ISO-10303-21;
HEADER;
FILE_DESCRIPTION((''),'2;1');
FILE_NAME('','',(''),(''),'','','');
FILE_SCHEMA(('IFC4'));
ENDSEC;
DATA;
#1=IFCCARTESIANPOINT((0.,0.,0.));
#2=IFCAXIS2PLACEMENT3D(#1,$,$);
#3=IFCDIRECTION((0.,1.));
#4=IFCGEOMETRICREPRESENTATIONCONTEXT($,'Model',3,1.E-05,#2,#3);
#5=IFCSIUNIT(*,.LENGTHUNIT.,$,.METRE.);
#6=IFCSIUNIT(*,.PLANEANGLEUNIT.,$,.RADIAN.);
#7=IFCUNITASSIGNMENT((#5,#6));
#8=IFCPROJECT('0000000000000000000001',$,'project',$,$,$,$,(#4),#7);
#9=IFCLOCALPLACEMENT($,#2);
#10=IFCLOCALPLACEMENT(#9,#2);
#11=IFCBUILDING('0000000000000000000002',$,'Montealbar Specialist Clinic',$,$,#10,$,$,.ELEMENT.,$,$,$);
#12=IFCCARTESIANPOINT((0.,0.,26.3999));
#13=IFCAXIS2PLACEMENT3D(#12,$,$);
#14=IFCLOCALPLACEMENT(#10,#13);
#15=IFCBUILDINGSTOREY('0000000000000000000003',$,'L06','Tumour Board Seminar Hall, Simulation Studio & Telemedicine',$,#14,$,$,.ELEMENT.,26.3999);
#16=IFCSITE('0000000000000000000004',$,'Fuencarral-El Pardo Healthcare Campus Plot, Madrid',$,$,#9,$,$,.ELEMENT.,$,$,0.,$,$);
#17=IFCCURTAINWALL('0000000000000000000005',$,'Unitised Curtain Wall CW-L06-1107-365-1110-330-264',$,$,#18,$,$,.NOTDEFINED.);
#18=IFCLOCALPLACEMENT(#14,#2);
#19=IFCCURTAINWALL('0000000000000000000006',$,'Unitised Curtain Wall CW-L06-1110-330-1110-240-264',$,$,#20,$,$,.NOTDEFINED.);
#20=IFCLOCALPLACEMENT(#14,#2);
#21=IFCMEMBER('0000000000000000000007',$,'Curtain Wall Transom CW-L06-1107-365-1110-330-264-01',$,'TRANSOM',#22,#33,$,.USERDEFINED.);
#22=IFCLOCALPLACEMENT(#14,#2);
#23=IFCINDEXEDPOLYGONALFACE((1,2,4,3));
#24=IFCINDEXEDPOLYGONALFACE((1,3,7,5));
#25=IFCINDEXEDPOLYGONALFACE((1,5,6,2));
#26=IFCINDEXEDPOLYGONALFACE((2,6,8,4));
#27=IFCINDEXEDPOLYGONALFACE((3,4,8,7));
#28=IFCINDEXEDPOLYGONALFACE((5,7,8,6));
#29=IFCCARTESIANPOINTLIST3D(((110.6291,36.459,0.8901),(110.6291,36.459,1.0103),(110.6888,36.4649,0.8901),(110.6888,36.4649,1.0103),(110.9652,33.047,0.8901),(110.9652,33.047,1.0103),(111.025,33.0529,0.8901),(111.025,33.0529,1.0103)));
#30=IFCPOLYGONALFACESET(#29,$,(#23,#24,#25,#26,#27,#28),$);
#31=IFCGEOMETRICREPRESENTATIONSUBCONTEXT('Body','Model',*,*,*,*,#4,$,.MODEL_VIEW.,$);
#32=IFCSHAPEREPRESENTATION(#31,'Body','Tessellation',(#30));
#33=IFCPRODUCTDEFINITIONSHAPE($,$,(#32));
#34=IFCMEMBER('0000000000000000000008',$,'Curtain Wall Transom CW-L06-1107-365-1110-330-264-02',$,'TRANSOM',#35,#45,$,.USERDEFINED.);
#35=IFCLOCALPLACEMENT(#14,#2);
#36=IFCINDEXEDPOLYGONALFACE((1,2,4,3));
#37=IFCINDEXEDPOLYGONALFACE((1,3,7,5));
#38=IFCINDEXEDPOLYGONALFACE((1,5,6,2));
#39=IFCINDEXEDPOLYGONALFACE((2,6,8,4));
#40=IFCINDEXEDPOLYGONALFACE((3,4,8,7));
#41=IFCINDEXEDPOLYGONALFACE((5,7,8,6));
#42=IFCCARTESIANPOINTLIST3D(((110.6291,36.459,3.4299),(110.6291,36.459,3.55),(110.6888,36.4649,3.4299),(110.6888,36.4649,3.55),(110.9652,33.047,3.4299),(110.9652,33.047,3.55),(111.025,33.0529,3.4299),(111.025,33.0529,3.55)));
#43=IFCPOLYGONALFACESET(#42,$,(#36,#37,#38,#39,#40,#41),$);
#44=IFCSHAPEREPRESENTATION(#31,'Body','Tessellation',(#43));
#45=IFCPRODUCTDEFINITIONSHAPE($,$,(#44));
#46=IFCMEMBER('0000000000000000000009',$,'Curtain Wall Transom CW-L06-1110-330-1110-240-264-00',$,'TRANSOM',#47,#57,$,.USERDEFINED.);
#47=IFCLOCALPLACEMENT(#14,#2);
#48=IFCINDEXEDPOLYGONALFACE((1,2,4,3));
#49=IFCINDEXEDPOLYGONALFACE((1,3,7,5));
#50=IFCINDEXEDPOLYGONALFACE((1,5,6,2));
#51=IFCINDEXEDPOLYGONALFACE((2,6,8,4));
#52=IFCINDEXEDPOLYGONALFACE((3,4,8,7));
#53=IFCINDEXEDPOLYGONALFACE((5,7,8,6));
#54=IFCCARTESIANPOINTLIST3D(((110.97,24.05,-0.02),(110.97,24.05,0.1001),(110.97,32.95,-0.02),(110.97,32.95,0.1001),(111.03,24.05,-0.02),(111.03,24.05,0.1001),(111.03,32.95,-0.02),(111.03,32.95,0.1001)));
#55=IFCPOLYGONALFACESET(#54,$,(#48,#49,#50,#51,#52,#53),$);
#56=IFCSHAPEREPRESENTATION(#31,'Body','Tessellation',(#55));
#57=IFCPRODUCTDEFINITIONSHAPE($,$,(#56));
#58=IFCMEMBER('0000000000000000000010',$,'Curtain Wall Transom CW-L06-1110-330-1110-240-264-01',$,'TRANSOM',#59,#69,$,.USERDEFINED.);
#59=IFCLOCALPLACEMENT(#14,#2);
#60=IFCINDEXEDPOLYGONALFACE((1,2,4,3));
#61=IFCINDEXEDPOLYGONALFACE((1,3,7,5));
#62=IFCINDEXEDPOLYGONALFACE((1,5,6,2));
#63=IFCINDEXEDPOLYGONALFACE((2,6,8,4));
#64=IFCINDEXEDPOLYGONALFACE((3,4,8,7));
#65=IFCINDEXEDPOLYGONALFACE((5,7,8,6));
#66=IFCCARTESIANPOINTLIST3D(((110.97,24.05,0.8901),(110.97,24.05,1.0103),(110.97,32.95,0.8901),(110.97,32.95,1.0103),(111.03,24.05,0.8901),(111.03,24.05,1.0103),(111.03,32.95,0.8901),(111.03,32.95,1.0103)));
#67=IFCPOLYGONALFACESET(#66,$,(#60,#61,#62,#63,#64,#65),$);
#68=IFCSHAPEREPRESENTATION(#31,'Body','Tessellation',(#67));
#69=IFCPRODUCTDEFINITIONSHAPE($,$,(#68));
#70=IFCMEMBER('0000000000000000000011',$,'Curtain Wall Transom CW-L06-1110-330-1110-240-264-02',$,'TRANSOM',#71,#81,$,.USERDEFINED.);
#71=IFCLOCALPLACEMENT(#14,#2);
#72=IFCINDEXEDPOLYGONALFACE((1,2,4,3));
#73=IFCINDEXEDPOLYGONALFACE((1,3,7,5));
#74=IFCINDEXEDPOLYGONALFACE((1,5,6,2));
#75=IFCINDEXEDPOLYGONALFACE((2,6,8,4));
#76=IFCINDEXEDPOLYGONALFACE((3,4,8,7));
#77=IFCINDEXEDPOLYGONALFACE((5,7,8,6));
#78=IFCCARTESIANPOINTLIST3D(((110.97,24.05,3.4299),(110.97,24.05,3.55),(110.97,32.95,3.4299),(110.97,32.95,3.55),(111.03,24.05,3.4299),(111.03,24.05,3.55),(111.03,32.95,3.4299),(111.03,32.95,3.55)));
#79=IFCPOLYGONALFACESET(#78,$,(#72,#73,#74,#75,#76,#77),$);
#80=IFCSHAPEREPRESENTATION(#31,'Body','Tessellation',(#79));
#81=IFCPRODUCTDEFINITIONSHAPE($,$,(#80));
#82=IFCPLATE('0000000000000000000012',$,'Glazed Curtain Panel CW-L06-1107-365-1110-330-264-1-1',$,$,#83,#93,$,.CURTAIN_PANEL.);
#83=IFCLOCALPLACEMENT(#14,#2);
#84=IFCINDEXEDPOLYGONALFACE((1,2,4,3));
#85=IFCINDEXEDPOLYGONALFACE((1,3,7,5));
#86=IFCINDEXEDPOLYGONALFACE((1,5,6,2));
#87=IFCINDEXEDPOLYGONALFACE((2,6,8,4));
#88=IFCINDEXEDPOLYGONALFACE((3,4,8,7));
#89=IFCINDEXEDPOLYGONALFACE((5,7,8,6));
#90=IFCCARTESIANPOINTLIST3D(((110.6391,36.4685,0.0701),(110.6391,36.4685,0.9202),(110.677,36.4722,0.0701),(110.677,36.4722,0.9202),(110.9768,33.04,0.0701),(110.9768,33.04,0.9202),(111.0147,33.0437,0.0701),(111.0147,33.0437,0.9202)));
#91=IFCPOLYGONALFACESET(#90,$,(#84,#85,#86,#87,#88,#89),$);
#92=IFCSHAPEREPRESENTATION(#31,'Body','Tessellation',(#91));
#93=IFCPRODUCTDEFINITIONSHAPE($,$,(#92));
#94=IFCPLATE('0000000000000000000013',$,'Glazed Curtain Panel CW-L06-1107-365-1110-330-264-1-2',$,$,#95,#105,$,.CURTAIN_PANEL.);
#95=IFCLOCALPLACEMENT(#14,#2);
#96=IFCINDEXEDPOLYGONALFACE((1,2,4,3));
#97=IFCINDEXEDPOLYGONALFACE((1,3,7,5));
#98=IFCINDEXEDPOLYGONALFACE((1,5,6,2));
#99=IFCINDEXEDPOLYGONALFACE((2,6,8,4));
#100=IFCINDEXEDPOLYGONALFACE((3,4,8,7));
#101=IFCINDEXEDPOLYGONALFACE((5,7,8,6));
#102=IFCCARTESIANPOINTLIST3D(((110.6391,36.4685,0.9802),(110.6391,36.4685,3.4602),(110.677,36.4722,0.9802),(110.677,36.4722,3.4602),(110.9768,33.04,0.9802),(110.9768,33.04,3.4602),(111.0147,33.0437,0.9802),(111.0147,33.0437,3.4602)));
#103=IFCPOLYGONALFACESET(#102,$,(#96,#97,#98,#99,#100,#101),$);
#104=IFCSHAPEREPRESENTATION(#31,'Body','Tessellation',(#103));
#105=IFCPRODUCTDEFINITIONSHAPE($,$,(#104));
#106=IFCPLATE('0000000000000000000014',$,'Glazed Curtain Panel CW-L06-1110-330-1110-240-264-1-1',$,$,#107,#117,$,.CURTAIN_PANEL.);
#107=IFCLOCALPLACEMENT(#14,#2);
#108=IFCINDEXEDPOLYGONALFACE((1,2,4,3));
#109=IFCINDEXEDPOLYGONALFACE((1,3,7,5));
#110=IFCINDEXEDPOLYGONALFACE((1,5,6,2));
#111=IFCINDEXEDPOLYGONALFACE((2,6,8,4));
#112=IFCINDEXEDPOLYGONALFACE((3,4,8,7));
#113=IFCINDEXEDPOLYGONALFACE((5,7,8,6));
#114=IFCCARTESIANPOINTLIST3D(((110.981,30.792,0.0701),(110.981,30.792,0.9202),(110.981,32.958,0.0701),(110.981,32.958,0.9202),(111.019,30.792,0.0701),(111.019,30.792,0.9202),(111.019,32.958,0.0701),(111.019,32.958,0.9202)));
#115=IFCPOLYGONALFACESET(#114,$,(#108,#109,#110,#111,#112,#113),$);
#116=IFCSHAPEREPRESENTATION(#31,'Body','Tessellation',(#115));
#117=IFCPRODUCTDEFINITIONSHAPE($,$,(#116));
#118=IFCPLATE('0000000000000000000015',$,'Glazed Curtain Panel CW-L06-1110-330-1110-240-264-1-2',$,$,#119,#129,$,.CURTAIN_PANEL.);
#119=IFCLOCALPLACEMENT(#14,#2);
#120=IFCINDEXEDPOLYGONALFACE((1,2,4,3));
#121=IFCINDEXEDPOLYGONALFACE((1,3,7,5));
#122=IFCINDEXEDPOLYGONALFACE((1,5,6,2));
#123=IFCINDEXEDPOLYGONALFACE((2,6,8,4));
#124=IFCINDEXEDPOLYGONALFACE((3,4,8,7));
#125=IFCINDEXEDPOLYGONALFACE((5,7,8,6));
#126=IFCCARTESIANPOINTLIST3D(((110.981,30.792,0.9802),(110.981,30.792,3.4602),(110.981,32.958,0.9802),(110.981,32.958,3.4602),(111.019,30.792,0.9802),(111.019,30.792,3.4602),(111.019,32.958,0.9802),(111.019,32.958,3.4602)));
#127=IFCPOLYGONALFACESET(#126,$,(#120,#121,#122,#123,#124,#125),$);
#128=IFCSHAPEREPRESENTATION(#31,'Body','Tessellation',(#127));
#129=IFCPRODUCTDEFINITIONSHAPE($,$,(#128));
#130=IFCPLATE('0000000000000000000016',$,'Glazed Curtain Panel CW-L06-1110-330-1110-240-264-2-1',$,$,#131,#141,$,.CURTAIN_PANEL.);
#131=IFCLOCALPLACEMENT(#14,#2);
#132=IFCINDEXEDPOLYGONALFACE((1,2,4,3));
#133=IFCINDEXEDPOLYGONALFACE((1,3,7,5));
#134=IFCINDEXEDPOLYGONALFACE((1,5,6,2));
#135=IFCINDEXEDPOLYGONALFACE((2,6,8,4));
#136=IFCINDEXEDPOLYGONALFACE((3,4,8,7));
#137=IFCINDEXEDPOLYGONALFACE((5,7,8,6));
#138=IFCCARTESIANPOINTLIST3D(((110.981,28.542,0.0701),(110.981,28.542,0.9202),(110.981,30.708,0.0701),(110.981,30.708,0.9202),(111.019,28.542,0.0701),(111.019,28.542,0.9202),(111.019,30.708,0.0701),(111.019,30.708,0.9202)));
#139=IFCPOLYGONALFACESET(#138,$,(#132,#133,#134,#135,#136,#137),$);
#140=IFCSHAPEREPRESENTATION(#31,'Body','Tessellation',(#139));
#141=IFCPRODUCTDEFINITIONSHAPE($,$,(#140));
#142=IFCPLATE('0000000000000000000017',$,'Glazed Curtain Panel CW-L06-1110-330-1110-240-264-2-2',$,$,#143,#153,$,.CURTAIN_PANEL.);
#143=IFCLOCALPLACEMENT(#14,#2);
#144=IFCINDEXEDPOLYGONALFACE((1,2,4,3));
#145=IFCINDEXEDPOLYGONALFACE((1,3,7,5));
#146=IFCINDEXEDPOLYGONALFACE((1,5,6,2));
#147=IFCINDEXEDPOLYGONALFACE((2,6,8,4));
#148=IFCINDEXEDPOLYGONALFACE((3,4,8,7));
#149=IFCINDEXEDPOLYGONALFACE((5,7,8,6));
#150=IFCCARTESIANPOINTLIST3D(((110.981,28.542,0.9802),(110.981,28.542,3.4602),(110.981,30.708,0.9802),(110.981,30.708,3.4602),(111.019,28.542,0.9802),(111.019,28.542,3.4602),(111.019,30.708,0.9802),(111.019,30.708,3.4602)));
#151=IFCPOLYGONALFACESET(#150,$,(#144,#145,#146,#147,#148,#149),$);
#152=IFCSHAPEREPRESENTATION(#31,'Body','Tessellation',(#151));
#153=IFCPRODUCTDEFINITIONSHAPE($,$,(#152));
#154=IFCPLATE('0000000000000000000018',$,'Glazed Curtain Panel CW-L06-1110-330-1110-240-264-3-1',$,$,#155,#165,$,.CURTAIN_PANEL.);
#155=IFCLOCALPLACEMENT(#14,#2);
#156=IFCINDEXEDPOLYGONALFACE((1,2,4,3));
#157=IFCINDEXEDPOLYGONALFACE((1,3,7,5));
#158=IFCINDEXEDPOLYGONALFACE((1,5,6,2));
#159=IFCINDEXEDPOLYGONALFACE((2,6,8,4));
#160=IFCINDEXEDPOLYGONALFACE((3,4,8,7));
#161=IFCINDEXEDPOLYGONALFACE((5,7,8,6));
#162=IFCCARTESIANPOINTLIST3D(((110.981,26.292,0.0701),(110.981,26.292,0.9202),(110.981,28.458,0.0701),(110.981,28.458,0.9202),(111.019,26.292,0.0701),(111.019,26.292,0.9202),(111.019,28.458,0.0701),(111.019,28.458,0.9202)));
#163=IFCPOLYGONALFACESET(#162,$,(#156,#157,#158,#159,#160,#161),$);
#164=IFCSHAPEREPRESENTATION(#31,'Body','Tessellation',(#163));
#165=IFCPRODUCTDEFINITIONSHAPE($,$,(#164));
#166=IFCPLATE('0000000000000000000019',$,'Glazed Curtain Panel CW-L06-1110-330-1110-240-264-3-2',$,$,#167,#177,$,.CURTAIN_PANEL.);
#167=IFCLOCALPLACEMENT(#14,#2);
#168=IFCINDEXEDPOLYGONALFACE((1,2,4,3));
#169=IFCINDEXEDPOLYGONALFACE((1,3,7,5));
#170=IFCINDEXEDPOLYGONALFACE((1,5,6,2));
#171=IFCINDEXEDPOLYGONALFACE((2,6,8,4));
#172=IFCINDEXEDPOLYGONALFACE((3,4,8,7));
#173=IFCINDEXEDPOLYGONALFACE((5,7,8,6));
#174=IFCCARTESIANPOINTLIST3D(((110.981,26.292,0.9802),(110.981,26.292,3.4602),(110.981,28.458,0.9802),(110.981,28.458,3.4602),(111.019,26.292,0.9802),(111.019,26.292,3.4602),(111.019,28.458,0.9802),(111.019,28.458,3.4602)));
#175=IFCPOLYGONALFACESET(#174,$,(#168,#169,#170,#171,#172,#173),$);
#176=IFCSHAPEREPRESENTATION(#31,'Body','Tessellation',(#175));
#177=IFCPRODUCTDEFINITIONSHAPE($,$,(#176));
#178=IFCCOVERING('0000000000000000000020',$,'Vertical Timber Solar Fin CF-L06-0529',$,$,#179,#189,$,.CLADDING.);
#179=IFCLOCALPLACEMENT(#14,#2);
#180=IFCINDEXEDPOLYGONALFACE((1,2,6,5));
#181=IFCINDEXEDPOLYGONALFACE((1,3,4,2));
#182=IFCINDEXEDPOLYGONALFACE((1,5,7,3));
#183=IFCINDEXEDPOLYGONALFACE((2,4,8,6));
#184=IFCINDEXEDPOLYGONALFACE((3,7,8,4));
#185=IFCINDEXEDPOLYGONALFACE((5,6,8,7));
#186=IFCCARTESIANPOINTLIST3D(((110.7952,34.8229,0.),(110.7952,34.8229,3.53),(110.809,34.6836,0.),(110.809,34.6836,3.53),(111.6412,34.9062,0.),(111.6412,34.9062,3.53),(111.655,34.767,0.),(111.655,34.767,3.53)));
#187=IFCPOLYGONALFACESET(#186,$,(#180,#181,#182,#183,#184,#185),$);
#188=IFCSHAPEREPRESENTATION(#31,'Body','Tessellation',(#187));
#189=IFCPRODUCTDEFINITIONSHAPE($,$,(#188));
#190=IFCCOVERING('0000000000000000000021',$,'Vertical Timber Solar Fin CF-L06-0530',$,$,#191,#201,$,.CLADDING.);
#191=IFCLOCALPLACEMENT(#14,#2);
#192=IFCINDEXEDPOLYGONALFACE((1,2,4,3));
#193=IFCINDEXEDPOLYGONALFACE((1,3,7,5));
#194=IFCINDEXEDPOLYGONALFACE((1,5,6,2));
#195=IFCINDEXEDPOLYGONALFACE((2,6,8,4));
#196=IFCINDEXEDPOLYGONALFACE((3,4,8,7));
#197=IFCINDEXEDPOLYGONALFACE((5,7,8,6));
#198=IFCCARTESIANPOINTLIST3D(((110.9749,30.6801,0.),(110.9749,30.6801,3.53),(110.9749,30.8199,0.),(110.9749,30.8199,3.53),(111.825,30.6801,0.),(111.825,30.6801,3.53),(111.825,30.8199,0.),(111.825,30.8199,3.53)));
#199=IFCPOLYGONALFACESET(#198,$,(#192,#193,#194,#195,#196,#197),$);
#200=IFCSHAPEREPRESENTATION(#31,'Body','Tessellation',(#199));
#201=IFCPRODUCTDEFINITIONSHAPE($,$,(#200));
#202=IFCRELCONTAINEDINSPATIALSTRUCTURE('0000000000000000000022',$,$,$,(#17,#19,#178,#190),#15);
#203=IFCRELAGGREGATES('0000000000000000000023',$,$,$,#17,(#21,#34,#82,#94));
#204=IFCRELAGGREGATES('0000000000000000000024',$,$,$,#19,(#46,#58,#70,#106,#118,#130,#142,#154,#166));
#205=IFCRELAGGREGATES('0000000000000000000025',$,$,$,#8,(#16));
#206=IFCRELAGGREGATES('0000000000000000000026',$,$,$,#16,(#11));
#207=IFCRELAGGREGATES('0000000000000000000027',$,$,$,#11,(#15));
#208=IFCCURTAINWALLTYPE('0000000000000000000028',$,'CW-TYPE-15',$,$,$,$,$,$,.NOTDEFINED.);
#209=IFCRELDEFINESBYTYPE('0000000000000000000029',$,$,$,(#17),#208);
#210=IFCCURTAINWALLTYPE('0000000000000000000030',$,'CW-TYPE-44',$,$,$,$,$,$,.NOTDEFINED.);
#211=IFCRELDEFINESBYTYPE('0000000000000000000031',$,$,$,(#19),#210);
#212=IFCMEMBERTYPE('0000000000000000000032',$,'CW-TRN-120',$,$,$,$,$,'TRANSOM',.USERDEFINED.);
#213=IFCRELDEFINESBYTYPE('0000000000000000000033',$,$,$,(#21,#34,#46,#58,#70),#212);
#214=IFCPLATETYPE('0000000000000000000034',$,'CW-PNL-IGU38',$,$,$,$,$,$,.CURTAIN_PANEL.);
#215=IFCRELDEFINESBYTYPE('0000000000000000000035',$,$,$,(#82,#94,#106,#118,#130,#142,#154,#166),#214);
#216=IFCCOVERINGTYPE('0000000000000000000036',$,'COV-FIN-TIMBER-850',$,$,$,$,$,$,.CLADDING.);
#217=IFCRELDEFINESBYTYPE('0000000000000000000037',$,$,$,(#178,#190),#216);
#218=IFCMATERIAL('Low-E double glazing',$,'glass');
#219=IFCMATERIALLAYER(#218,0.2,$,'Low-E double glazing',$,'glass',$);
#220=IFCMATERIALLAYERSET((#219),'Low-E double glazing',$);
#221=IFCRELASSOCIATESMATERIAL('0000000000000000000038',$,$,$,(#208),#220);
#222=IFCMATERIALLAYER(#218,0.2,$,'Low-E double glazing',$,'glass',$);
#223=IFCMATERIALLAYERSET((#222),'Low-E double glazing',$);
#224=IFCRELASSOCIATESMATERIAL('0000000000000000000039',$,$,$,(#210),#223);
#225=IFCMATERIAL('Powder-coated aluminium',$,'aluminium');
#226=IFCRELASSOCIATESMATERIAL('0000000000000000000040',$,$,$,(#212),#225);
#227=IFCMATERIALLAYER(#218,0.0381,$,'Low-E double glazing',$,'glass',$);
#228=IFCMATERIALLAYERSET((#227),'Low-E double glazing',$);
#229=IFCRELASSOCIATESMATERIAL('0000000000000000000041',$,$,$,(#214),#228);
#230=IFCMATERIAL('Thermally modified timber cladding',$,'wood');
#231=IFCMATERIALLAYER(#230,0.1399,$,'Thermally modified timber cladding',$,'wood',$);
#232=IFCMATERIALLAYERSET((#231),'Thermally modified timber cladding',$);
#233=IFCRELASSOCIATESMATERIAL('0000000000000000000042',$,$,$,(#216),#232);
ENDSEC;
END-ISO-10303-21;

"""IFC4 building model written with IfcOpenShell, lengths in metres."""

from ifc_helpers import new_model, si_unit, direction, frame, origin, origin_2d, place, context, subcontext, project, spatial, rectangle, extrude, material, layer, layer_set, material_profile, profile_set, type_object, element, aggregate, save


model = new_model("IFC4")

# Units and contexts
model_context = context("Model", 3, precision=1e-05, world=origin(), true_north=direction((0.0, 1.0)))
body_context = subcontext(model_context, "Body", "Model", "MODEL_VIEW")
ifc_project = project(units=[si_unit("LENGTHUNIT", "METRE"), si_unit("PLANEANGLEUNIT", "RADIAN")], contexts=[model_context])

# Site, building, storey
site_placement = place(None, origin())
site = spatial("IfcSite", under=ifc_project, at=site_placement, Name="Fuencarral-El Pardo Healthcare Campus Plot, Madrid", CompositionType="ELEMENT", RefElevation=0.0)
building_placement = place(site_placement, origin())
building = spatial("IfcBuilding", under=site, at=building_placement, Name="Montealbar Specialist Clinic", CompositionType="ELEMENT")
storey_placement = place(building_placement, frame((0.0, 0.0, 26.3999)))
storey = spatial("IfcBuildingStorey", under=building, at=storey_placement, Name="L06", Description="Tumour Board Seminar Hall, Simulation Studio & Telemedicine", CompositionType="ELEMENT", Elevation=26.3999)

# Curtain wall
ifc_material_1 = material(Name="Low-E double glazing", Category="glass")
ifc_layer_1 = layer(ifc_material_1, 0.2, Name="Low-E double glazing", Category="glass")
ifc_layer_set_1 = layer_set([ifc_layer_1], Name="Low-E double glazing")
curtain_wall_type_1 = type_object("IfcCurtainWallType", Name="CW-TYPE-15", PredefinedType="NOTDEFINED", material=ifc_layer_set_1)
curtain_wall_1_placement = place(storey_placement, origin())
curtain_wall_1 = element("IfcCurtainWall", 1, at=curtain_wall_1_placement, inside=storey, type_object=curtain_wall_type_1, Name="Unitised Curtain Wall CW-L06-1107-365-1110-330-264", PredefinedType="NOTDEFINED")

# Curtain wall
ifc_layer_2 = layer(ifc_material_1, 0.2, Name="Low-E double glazing", Category="glass")
ifc_layer_set_2 = layer_set([ifc_layer_2], Name="Low-E double glazing")
curtain_wall_type_2 = type_object("IfcCurtainWallType", Name="CW-TYPE-44", PredefinedType="NOTDEFINED", material=ifc_layer_set_2)
curtain_wall_2_placement = place(storey_placement, origin())
curtain_wall_2 = element("IfcCurtainWall", 2, at=curtain_wall_2_placement, inside=storey, type_object=curtain_wall_type_2, Name="Unitised Curtain Wall CW-L06-1110-330-1110-240-264", PredefinedType="NOTDEFINED")

# Members
ifc_material_2 = material(Name="Powder-coated aluminium", Category="aluminium")
ifc_material_profile_1 = material_profile(ifc_material_2, rectangle(XDim=0.0601, YDim=0.1201, at=origin_2d()), Name="ALU 60x120", Category="aluminium")
ifc_profile_set_1 = profile_set([ifc_material_profile_1], Name="Powder-coated aluminium")
member_type_1 = type_object("IfcMemberType", Name="CW-TRN-120", ElementType="TRANSOM", PredefinedType="USERDEFINED", material=ifc_profile_set_1)
member_1_placement = place(storey_placement, frame((110.6589, 36.4619, 0.9502), z_axis=(0.098058, -0.995181, 0.0), x_axis=(0.995181, 0.098058, 0.0)))
member_1 = element("IfcMember", 3, at=member_1_placement, type_object=member_type_1, Name="Curtain Wall Transom CW-L06-1107-365-1110-330-264-01", ObjectType="TRANSOM", PredefinedType="USERDEFINED", context=body_context, shape_type="SweptSolid", body=[
    extrude(rectangle(XDim=0.0601, YDim=0.1201, at=origin_2d()), origin(), (0.0, 0.0, 1.0), 3.4285),
])
member_2_placement = place(storey_placement, frame((110.6589, 36.4619, 3.49), z_axis=(0.098058, -0.995181, 0.0), x_axis=(0.995181, 0.098058, 0.0)))
member_2 = element("IfcMember", 4, at=member_2_placement, type_object=member_type_1, Name="Curtain Wall Transom CW-L06-1107-365-1110-330-264-02", ObjectType="TRANSOM", PredefinedType="USERDEFINED", context=body_context, shape_type="SweptSolid", body=[
    extrude(rectangle(XDim=0.0601, YDim=0.1201, at=origin_2d()), origin(), (0.0, 0.0, 1.0), 3.4285),
])
member_3_placement = place(storey_placement, frame((111.0, 32.95, 0.04), z_axis=(0.0, -1.0, 0.0), x_axis=(1.0, 0.0, 0.0)))
member_3 = element("IfcMember", 5, at=member_3_placement, type_object=member_type_1, Name="Curtain Wall Transom CW-L06-1110-330-1110-240-264-00", ObjectType="TRANSOM", PredefinedType="USERDEFINED", context=body_context, shape_type="SweptSolid", body=[
    extrude(rectangle(XDim=0.0601, YDim=0.1201, at=origin_2d()), origin(), (0.0, 0.0, 1.0), 8.8999),
])
member_4_placement = place(storey_placement, frame((111.0, 32.95, 0.9502), z_axis=(0.0, -1.0, 0.0), x_axis=(1.0, 0.0, 0.0)))
member_4 = element("IfcMember", 6, at=member_4_placement, type_object=member_type_1, Name="Curtain Wall Transom CW-L06-1110-330-1110-240-264-01", ObjectType="TRANSOM", PredefinedType="USERDEFINED", context=body_context, shape_type="SweptSolid", body=[
    extrude(rectangle(XDim=0.0601, YDim=0.1201, at=origin_2d()), origin(), (0.0, 0.0, 1.0), 8.8999),
])
member_5_placement = place(storey_placement, frame((111.0, 32.95, 3.49), z_axis=(0.0, -1.0, 0.0), x_axis=(1.0, 0.0, 0.0)))
member_5 = element("IfcMember", 7, at=member_5_placement, type_object=member_type_1, Name="Curtain Wall Transom CW-L06-1110-330-1110-240-264-02", ObjectType="TRANSOM", PredefinedType="USERDEFINED", context=body_context, shape_type="SweptSolid", body=[
    extrude(rectangle(XDim=0.0601, YDim=0.1201, at=origin_2d()), origin(), (0.0, 0.0, 1.0), 8.8999),
])

# Plates
ifc_layer_3 = layer(ifc_material_1, 0.0381, Name="Low-E double glazing", Category="glass")
ifc_layer_set_3 = layer_set([ifc_layer_3], Name="Low-E double glazing")
plate_type = type_object("IfcPlateType", Name="CW-PNL-IGU38", PredefinedType="CURTAIN_PANEL", material=ifc_layer_set_3)
plate_1_placement = place(storey_placement, frame((110.8269, 34.7561, 0.0701), z_axis=(0.0, 0.0, 1.0), x_axis=(0.098045, -0.995182, 0.0)))
plate_1 = element("IfcPlate", 8, at=plate_1_placement, type_object=plate_type, Name="Glazed Curtain Panel CW-L06-1107-365-1110-330-264-1-1", PredefinedType="CURTAIN_PANEL", context=body_context, shape_type="SweptSolid", body=[
    extrude(rectangle(XDim=3.4451, YDim=0.0381, at=origin_2d()), origin(), (0.0, 0.0, 1.0), 0.8501),
])
plate_2_placement = place(storey_placement, frame((110.8269, 34.7561, 0.9802), z_axis=(0.0, 0.0, 1.0), x_axis=(0.098045, -0.995182, 0.0)))
plate_2 = element("IfcPlate", 9, at=plate_2_placement, type_object=plate_type, Name="Glazed Curtain Panel CW-L06-1107-365-1110-330-264-1-2", PredefinedType="CURTAIN_PANEL", context=body_context, shape_type="SweptSolid", body=[
    extrude(rectangle(XDim=3.4451, YDim=0.0381, at=origin_2d()), origin(), (0.0, 0.0, 1.0), 2.48),
])
aggregate(curtain_wall_1, [member_1, member_2, plate_1, plate_2])
plate_3_placement = place(storey_placement, frame((111.0, 31.875, 0.0701), z_axis=(0.0, 0.0, 1.0), x_axis=(0.0, -1.0, 0.0)))
plate_3 = element("IfcPlate", 10, at=plate_3_placement, type_object=plate_type, Name="Glazed Curtain Panel CW-L06-1110-330-1110-240-264-1-1", PredefinedType="CURTAIN_PANEL", context=body_context, shape_type="SweptSolid", body=[
    extrude(rectangle(XDim=2.166, YDim=0.0381, at=origin_2d()), origin(), (0.0, 0.0, 1.0), 0.8501),
])
plate_4_placement = place(storey_placement, frame((111.0, 31.875, 0.9802), z_axis=(0.0, 0.0, 1.0), x_axis=(0.0, -1.0, 0.0)))
plate_4 = element("IfcPlate", 11, at=plate_4_placement, type_object=plate_type, Name="Glazed Curtain Panel CW-L06-1110-330-1110-240-264-1-2", PredefinedType="CURTAIN_PANEL", context=body_context, shape_type="SweptSolid", body=[
    extrude(rectangle(XDim=2.166, YDim=0.0381, at=origin_2d()), origin(), (0.0, 0.0, 1.0), 2.48),
])
plate_5_placement = place(storey_placement, frame((111.0, 29.625, 0.0701), z_axis=(0.0, 0.0, 1.0), x_axis=(0.0, -1.0, 0.0)))
plate_5 = element("IfcPlate", 12, at=plate_5_placement, type_object=plate_type, Name="Glazed Curtain Panel CW-L06-1110-330-1110-240-264-2-1", PredefinedType="CURTAIN_PANEL", context=body_context, shape_type="SweptSolid", body=[
    extrude(rectangle(XDim=2.166, YDim=0.0381, at=origin_2d()), origin(), (0.0, 0.0, 1.0), 0.8501),
])
plate_6_placement = place(storey_placement, frame((111.0, 29.625, 0.9802), z_axis=(0.0, 0.0, 1.0), x_axis=(0.0, -1.0, 0.0)))
plate_6 = element("IfcPlate", 13, at=plate_6_placement, type_object=plate_type, Name="Glazed Curtain Panel CW-L06-1110-330-1110-240-264-2-2", PredefinedType="CURTAIN_PANEL", context=body_context, shape_type="SweptSolid", body=[
    extrude(rectangle(XDim=2.166, YDim=0.0381, at=origin_2d()), origin(), (0.0, 0.0, 1.0), 2.48),
])
plate_7_placement = place(storey_placement, frame((111.0, 27.375, 0.0701), z_axis=(0.0, 0.0, 1.0), x_axis=(0.0, -1.0, 0.0)))
plate_7 = element("IfcPlate", 14, at=plate_7_placement, type_object=plate_type, Name="Glazed Curtain Panel CW-L06-1110-330-1110-240-264-3-1", PredefinedType="CURTAIN_PANEL", context=body_context, shape_type="SweptSolid", body=[
    extrude(rectangle(XDim=2.166, YDim=0.0381, at=origin_2d()), origin(), (0.0, 0.0, 1.0), 0.8501),
])
plate_8_placement = place(storey_placement, frame((111.0, 27.375, 0.9802), z_axis=(0.0, 0.0, 1.0), x_axis=(0.0, -1.0, 0.0)))
plate_8 = element("IfcPlate", 15, at=plate_8_placement, type_object=plate_type, Name="Glazed Curtain Panel CW-L06-1110-330-1110-240-264-3-2", PredefinedType="CURTAIN_PANEL", context=body_context, shape_type="SweptSolid", body=[
    extrude(rectangle(XDim=2.166, YDim=0.0381, at=origin_2d()), origin(), (0.0, 0.0, 1.0), 2.48),
])
aggregate(curtain_wall_2, [member_3, member_4, member_5, plate_3, plate_4, plate_5, plate_6, plate_7, plate_8])

# Coverings
ifc_material_3 = material(Name="Thermally modified timber cladding", Category="wood")
ifc_layer_4 = layer(ifc_material_3, 0.1399, Name="Thermally modified timber cladding", Category="wood")
ifc_layer_set_4 = layer_set([ifc_layer_4], Name="Thermally modified timber cladding")
covering_type = type_object("IfcCoveringType", Name="COV-FIN-TIMBER-850", PredefinedType="CLADDING", material=ifc_layer_set_4)
for number, where, z_axis, x_axis, name in (
    (16, (111.2251, 34.7949, 0.0), (0.0, 0.0, 1.0), (0.995182, 0.098045, 0.0), "Vertical Timber Solar Fin CF-L06-0529"),
    (17, (111.3999, 30.75, 0.0), (0.0, 0.0, 1.0), (1.0, 0.0, 0.0), "Vertical Timber Solar Fin CF-L06-0530"),
):
    element("IfcCovering", number, at=place(storey_placement, frame(where, z_axis=z_axis, x_axis=x_axis)), inside=storey, type_object=covering_type, Name=name, PredefinedType="CLADDING", context=body_context, shape_type="SweptSolid", body=[
        extrude(rectangle(XDim=0.8501, YDim=0.1399, at=origin_2d()), origin(), (0.0, 0.0, 1.0), 3.53),
    ])

save(model, "model.ifc")
